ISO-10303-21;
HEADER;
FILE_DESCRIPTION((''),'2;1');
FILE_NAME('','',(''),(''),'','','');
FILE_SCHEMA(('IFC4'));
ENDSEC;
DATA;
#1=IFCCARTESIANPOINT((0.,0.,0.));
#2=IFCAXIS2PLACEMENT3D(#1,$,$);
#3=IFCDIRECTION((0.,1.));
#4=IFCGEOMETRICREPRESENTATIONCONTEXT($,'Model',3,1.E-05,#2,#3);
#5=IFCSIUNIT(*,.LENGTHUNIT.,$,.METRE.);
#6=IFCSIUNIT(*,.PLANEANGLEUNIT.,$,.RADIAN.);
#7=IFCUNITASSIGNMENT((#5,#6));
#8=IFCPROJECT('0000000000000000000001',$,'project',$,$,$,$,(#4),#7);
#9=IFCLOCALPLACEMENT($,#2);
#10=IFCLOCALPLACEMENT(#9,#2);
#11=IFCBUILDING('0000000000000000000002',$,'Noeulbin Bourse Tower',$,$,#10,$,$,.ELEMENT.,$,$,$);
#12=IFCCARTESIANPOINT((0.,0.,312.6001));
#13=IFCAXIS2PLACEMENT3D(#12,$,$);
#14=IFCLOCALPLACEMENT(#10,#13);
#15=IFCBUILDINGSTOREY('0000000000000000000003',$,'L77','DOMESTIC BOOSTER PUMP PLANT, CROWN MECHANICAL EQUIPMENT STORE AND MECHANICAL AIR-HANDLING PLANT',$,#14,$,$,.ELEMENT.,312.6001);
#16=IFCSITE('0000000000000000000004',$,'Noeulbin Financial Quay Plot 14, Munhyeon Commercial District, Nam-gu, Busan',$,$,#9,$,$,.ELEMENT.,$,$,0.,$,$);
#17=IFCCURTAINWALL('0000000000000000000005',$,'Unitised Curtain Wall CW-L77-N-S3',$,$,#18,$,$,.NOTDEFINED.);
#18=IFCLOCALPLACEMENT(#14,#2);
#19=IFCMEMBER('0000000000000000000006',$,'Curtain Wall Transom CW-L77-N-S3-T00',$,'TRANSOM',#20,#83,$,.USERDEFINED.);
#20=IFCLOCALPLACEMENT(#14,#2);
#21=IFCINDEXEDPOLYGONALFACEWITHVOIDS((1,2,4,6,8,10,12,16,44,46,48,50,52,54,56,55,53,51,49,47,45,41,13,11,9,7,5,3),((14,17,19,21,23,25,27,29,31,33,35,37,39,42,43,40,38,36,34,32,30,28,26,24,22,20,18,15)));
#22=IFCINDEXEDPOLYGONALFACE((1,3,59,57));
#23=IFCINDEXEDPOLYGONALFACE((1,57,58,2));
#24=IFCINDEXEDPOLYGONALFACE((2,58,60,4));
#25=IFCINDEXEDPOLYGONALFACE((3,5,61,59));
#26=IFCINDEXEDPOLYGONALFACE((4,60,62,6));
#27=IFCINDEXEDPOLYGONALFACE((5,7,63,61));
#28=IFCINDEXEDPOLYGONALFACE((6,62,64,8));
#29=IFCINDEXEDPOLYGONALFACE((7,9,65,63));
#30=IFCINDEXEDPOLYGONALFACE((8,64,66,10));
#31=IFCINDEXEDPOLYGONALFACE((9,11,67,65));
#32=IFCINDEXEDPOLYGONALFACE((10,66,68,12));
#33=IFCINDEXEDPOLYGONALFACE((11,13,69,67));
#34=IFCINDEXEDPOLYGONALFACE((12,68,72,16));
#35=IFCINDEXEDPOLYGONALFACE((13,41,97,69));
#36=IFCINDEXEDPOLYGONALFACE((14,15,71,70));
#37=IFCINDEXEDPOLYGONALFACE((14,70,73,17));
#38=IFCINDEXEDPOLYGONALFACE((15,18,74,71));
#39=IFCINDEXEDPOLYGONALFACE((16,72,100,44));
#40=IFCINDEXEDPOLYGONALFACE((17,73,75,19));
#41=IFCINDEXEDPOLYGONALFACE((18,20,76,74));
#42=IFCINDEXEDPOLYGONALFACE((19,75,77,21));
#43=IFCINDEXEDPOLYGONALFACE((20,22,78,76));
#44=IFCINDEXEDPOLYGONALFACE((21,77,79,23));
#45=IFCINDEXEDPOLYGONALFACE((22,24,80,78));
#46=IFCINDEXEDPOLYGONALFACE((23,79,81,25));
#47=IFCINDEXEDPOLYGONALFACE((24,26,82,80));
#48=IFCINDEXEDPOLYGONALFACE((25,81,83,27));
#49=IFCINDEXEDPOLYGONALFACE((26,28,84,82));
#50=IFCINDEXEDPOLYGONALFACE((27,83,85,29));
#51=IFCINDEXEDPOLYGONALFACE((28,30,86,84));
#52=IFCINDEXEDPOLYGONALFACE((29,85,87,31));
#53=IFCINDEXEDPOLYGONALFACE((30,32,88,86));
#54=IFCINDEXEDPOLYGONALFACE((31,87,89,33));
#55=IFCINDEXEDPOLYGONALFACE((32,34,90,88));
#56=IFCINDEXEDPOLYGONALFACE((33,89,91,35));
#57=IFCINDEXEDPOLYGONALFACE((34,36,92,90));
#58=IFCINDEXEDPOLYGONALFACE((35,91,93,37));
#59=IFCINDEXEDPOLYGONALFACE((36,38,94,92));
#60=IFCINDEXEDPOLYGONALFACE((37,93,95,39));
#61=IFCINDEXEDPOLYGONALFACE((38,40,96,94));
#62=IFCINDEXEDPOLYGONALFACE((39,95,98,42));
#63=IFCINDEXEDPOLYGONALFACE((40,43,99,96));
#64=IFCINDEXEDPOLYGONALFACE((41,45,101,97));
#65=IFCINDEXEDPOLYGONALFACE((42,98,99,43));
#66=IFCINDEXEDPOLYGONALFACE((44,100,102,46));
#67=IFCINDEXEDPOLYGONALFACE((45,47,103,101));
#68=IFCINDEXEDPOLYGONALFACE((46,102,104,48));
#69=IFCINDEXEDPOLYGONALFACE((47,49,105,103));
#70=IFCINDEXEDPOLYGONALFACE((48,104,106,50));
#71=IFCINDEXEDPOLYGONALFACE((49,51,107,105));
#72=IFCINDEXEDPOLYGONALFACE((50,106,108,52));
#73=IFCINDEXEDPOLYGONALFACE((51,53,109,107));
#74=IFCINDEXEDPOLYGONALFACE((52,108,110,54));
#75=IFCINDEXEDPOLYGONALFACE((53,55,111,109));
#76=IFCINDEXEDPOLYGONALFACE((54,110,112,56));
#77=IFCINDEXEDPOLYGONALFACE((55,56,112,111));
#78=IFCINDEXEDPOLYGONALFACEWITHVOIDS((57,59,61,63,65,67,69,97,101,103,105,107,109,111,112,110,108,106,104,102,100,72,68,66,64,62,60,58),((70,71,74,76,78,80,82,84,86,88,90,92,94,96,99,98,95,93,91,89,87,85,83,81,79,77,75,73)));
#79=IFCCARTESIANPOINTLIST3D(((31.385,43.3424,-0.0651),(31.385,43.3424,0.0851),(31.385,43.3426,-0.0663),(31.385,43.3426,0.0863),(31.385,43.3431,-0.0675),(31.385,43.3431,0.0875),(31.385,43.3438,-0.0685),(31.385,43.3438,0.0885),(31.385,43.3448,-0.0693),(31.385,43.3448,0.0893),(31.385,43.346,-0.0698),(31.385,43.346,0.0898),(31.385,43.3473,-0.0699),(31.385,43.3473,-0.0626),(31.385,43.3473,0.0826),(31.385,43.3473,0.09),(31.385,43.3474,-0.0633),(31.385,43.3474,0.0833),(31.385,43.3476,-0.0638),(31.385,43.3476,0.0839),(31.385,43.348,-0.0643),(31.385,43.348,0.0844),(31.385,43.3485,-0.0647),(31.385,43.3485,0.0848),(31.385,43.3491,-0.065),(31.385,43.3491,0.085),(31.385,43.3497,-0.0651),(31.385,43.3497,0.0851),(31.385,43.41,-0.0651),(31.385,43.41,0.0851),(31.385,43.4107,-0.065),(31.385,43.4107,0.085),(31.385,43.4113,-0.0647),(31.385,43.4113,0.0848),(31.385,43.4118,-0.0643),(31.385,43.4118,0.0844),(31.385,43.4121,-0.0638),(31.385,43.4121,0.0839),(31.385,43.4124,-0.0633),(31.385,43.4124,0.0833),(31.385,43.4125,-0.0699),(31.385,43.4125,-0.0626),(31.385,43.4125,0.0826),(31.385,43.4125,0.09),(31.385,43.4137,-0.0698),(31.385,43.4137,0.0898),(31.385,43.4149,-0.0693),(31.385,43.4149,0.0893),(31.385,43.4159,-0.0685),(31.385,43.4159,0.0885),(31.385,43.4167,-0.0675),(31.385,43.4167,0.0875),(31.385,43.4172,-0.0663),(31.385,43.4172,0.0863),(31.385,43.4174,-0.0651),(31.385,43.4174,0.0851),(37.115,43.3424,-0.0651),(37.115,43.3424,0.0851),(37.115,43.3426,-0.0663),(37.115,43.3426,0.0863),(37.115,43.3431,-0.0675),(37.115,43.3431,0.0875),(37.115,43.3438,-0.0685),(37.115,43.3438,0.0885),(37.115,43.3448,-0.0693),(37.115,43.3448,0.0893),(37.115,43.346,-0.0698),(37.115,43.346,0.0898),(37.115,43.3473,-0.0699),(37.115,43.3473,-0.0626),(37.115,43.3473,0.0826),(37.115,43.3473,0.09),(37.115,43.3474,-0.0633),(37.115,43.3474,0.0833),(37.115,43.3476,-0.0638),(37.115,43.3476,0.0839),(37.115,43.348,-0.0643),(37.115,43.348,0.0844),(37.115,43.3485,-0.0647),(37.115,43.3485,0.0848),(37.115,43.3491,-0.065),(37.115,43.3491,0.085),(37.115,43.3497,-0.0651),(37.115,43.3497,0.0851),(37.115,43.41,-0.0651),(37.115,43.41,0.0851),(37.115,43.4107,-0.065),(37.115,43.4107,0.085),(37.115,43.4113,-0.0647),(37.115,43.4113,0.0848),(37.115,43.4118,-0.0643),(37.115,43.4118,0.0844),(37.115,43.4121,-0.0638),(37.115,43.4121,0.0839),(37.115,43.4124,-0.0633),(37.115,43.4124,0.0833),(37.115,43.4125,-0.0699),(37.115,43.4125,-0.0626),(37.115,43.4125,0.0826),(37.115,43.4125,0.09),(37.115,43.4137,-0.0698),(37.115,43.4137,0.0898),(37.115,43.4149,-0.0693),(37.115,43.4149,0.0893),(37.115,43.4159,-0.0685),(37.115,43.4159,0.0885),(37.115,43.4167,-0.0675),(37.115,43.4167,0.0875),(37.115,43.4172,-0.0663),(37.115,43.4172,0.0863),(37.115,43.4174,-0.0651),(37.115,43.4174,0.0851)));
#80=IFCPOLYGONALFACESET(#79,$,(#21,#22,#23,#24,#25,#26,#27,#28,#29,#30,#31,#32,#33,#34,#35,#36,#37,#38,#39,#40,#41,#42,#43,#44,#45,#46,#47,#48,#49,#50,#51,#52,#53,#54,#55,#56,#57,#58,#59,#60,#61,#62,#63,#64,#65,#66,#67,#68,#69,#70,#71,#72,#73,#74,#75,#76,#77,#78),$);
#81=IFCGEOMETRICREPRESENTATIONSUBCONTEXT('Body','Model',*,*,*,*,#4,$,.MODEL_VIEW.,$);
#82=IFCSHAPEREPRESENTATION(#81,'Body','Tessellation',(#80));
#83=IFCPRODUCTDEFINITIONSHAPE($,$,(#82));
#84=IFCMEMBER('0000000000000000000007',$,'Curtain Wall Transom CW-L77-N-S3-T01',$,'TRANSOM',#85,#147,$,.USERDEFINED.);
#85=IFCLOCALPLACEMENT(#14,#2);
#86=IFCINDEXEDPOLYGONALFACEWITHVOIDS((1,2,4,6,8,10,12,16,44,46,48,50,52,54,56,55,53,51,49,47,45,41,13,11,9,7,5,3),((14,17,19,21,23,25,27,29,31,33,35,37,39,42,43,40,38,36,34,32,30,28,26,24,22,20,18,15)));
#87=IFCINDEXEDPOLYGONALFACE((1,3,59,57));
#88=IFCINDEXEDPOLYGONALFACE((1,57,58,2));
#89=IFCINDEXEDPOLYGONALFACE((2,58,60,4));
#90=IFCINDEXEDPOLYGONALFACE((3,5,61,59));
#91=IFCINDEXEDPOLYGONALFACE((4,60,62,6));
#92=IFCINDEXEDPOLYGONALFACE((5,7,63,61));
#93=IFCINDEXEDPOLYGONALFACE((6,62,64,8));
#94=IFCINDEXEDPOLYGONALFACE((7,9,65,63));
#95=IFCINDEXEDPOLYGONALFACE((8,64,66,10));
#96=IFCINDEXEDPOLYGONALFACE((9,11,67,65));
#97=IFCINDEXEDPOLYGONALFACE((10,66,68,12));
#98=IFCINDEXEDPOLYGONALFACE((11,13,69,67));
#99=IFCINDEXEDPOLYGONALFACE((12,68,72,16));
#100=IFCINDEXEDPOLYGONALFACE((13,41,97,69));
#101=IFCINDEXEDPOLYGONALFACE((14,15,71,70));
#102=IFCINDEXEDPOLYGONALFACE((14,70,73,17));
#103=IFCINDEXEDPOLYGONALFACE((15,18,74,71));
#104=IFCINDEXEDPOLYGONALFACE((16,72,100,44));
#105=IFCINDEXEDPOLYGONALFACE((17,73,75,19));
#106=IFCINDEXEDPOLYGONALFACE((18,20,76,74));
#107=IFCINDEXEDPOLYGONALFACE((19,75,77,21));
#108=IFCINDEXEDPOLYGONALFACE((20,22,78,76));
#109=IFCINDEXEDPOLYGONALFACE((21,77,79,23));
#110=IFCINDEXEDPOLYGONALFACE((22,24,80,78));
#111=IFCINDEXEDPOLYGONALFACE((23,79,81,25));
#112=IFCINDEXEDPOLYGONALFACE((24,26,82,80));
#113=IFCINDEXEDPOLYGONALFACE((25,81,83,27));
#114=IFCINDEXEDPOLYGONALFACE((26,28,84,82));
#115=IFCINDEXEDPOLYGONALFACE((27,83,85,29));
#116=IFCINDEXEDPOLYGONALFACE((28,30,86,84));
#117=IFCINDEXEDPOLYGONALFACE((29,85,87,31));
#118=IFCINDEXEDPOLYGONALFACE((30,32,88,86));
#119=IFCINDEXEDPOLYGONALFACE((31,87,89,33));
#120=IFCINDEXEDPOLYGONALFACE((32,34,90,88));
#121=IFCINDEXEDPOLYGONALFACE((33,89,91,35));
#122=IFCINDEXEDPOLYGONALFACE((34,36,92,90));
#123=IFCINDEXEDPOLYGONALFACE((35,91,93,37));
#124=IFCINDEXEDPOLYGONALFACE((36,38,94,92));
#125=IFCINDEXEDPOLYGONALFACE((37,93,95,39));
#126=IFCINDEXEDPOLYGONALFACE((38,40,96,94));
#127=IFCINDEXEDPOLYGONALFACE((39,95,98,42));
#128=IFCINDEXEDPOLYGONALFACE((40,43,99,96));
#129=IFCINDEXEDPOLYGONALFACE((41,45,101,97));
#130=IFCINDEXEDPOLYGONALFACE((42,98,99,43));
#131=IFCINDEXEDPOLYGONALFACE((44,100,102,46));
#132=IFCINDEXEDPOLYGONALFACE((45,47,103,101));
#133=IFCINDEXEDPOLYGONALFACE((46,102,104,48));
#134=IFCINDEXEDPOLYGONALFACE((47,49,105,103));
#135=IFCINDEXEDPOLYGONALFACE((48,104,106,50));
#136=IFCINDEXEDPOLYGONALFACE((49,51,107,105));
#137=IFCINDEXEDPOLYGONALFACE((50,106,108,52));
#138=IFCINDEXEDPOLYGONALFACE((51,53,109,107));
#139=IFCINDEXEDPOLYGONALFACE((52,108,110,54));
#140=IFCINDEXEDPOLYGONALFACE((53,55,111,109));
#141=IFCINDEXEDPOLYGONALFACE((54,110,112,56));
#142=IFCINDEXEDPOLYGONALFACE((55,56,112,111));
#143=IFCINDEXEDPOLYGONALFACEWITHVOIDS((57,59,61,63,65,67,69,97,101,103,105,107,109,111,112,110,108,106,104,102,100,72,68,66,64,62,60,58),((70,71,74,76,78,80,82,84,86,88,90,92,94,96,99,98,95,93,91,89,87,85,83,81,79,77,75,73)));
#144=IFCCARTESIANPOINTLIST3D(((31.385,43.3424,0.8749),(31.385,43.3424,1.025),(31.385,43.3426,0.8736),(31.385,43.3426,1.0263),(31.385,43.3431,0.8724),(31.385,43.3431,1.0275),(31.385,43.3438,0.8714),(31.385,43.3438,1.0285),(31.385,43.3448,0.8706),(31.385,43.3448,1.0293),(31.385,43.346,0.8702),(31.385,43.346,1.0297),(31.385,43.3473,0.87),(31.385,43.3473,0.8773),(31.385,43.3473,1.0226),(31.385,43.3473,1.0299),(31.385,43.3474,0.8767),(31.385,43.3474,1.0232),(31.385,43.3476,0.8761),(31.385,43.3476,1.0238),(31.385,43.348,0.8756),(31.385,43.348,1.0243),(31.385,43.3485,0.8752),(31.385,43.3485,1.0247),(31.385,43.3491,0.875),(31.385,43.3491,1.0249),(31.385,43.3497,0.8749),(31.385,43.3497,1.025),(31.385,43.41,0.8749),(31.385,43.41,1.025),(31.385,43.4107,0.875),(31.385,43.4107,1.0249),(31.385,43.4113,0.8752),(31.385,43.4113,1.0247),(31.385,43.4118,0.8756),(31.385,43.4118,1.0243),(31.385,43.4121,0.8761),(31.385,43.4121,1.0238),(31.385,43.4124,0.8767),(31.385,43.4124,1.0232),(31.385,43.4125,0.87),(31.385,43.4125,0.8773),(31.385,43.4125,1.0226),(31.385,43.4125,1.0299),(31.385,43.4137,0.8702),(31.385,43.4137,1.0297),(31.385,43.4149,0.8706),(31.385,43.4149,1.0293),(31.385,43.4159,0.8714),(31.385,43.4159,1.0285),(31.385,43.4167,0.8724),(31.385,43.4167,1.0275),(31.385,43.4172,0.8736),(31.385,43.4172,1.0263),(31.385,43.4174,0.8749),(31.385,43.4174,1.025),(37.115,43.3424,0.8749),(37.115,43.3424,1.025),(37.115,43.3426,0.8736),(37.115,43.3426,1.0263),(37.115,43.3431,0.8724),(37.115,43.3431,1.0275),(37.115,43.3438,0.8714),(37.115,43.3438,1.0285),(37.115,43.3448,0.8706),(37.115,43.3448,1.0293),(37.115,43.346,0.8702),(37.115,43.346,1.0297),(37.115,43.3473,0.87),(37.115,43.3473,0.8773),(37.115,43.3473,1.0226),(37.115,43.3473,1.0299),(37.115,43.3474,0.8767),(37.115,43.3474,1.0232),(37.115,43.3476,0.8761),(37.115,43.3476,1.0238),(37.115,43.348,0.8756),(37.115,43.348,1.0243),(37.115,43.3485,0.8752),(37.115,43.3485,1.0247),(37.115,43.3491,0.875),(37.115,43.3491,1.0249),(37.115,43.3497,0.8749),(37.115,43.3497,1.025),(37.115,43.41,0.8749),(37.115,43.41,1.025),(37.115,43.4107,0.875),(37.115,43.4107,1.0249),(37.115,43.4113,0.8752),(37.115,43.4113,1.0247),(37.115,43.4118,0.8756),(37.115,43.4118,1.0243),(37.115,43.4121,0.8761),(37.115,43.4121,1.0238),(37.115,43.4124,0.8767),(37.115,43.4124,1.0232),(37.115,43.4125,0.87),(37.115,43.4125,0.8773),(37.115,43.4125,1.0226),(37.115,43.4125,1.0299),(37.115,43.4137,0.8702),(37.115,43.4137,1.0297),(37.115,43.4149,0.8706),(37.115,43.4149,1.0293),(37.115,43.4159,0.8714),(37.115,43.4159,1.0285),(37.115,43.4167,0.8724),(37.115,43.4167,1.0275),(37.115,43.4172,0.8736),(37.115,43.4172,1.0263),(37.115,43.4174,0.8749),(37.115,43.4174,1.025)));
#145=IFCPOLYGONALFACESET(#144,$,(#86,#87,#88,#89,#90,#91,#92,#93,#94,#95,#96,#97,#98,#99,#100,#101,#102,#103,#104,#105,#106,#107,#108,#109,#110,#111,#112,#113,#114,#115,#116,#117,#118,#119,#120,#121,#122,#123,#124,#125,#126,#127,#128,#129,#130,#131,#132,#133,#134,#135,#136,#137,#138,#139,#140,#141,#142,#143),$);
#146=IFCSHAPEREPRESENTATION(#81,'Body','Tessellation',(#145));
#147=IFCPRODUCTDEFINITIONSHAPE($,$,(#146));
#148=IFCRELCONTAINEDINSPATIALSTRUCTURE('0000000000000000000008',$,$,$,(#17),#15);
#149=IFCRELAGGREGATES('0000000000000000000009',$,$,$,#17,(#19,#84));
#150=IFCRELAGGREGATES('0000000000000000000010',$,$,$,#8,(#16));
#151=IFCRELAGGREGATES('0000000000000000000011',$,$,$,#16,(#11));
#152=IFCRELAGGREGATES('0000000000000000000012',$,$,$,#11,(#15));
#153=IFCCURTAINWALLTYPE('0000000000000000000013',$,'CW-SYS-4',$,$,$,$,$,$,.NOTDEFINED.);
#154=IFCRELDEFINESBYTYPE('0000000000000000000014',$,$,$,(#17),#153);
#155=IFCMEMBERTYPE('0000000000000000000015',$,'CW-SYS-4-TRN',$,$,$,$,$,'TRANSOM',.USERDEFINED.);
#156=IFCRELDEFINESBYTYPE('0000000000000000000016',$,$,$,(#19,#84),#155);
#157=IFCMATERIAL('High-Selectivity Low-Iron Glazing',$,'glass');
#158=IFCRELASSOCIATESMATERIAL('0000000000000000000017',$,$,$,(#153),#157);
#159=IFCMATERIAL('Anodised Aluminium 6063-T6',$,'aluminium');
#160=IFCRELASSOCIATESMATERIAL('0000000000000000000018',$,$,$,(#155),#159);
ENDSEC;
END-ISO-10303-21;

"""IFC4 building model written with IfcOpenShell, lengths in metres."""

from ifc_helpers import new_model, si_unit, direction, frame, origin, origin_2d, place, context, subcontext, project, spatial, hollow_rectangle, extrude, material, material_profile, profile_set, type_object, element, aggregate, save


model = new_model("IFC4")

# Units and contexts
model_context = context("Model", 3, precision=1e-05, world=origin(), true_north=direction((0.0, 1.0)))
body_context = subcontext(model_context, "Body", "Model", "MODEL_VIEW")
ifc_project = project(units=[si_unit("LENGTHUNIT", "METRE"), si_unit("PLANEANGLEUNIT", "RADIAN")], contexts=[model_context])

# Site, building, storey
site_placement = place(None, origin())
site = spatial("IfcSite", under=ifc_project, at=site_placement, Name="Noeulbin Financial Quay Plot 14, Munhyeon Commercial District, Nam-gu, Busan", CompositionType="ELEMENT", RefElevation=0.0)
building_placement = place(site_placement, origin())
building = spatial("IfcBuilding", under=site, at=building_placement, Name="Noeulbin Bourse Tower", CompositionType="ELEMENT")
storey_placement = place(building_placement, frame((0.0, 0.0, 312.6001)))
storey = spatial("IfcBuildingStorey", under=building, at=storey_placement, Name="L77", Description="DOMESTIC BOOSTER PUMP PLANT, CROWN MECHANICAL EQUIPMENT STORE AND MECHANICAL AIR-HANDLING PLANT", CompositionType="ELEMENT", Elevation=312.6001)

# Shared definitions
ifc_material_1 = material(Name="High-Selectivity Low-Iron Glazing", Category="glass")
curtain_wall_type = type_object("IfcCurtainWallType", Name="CW-SYS-4", PredefinedType="NOTDEFINED", material=ifc_material_1)
ifc_material_2 = material(Name="Anodised Aluminium 6063-T6", Category="aluminium")

# Curtain wall
curtain_wall_1_placement = place(storey_placement, origin())
curtain_wall_1 = element("IfcCurtainWall", 1, at=curtain_wall_1_placement, inside=storey, type_object=curtain_wall_type, Name="Unitised Curtain Wall CW-L77-N-S3", PredefinedType="NOTDEFINED")

# Members
ifc_material_profile_1 = material_profile(ifc_material_2, hollow_rectangle(XDim=0.075, YDim=0.1599, WallThickness=0.0049, InnerFilletRadius=0.0024, OuterFilletRadius=0.0049, at=origin_2d()), Name="ALU-TRAN-75x160x5", Category="LoadBearing")
ifc_profile_set_1 = profile_set([ifc_material_profile_1], Name="Anodised Aluminium 6063-T6")
member_type_1 = type_object("IfcMemberType", Name="CW-SYS-4-TRN", ElementType="TRANSOM", PredefinedType="USERDEFINED", material=ifc_profile_set_1)
member_1_placement = place(storey_placement, frame((31.385, 43.3799, 0.01), z_axis=(1.0, 0.0, 0.0), x_axis=(0.0, 1.0, 0.0)))
member_1 = element("IfcMember", 2, at=member_1_placement, type_object=member_type_1, Name="Curtain Wall Transom CW-L77-N-S3-T00", ObjectType="TRANSOM", PredefinedType="USERDEFINED", context=body_context, shape_type="SweptSolid", body=[
    extrude(hollow_rectangle(XDim=0.075, YDim=0.1599, WallThickness=0.0049, InnerFilletRadius=0.0024, OuterFilletRadius=0.0049, at=origin_2d()), origin(), (0.0, 0.0, 1.0), 5.73),
])
member_2_placement = place(storey_placement, frame((31.385, 43.3799, 0.95), z_axis=(1.0, 0.0, 0.0), x_axis=(0.0, 1.0, 0.0)))
member_2 = element("IfcMember", 3, at=member_2_placement, type_object=member_type_1, Name="Curtain Wall Transom CW-L77-N-S3-T01", ObjectType="TRANSOM", PredefinedType="USERDEFINED", context=body_context, shape_type="SweptSolid", body=[
    extrude(hollow_rectangle(XDim=0.075, YDim=0.1599, WallThickness=0.0049, InnerFilletRadius=0.0024, OuterFilletRadius=0.0049, at=origin_2d()), origin(), (0.0, 0.0, 1.0), 5.73),
])
aggregate(curtain_wall_1, [member_1, member_2])

save(model, "model.ifc")
